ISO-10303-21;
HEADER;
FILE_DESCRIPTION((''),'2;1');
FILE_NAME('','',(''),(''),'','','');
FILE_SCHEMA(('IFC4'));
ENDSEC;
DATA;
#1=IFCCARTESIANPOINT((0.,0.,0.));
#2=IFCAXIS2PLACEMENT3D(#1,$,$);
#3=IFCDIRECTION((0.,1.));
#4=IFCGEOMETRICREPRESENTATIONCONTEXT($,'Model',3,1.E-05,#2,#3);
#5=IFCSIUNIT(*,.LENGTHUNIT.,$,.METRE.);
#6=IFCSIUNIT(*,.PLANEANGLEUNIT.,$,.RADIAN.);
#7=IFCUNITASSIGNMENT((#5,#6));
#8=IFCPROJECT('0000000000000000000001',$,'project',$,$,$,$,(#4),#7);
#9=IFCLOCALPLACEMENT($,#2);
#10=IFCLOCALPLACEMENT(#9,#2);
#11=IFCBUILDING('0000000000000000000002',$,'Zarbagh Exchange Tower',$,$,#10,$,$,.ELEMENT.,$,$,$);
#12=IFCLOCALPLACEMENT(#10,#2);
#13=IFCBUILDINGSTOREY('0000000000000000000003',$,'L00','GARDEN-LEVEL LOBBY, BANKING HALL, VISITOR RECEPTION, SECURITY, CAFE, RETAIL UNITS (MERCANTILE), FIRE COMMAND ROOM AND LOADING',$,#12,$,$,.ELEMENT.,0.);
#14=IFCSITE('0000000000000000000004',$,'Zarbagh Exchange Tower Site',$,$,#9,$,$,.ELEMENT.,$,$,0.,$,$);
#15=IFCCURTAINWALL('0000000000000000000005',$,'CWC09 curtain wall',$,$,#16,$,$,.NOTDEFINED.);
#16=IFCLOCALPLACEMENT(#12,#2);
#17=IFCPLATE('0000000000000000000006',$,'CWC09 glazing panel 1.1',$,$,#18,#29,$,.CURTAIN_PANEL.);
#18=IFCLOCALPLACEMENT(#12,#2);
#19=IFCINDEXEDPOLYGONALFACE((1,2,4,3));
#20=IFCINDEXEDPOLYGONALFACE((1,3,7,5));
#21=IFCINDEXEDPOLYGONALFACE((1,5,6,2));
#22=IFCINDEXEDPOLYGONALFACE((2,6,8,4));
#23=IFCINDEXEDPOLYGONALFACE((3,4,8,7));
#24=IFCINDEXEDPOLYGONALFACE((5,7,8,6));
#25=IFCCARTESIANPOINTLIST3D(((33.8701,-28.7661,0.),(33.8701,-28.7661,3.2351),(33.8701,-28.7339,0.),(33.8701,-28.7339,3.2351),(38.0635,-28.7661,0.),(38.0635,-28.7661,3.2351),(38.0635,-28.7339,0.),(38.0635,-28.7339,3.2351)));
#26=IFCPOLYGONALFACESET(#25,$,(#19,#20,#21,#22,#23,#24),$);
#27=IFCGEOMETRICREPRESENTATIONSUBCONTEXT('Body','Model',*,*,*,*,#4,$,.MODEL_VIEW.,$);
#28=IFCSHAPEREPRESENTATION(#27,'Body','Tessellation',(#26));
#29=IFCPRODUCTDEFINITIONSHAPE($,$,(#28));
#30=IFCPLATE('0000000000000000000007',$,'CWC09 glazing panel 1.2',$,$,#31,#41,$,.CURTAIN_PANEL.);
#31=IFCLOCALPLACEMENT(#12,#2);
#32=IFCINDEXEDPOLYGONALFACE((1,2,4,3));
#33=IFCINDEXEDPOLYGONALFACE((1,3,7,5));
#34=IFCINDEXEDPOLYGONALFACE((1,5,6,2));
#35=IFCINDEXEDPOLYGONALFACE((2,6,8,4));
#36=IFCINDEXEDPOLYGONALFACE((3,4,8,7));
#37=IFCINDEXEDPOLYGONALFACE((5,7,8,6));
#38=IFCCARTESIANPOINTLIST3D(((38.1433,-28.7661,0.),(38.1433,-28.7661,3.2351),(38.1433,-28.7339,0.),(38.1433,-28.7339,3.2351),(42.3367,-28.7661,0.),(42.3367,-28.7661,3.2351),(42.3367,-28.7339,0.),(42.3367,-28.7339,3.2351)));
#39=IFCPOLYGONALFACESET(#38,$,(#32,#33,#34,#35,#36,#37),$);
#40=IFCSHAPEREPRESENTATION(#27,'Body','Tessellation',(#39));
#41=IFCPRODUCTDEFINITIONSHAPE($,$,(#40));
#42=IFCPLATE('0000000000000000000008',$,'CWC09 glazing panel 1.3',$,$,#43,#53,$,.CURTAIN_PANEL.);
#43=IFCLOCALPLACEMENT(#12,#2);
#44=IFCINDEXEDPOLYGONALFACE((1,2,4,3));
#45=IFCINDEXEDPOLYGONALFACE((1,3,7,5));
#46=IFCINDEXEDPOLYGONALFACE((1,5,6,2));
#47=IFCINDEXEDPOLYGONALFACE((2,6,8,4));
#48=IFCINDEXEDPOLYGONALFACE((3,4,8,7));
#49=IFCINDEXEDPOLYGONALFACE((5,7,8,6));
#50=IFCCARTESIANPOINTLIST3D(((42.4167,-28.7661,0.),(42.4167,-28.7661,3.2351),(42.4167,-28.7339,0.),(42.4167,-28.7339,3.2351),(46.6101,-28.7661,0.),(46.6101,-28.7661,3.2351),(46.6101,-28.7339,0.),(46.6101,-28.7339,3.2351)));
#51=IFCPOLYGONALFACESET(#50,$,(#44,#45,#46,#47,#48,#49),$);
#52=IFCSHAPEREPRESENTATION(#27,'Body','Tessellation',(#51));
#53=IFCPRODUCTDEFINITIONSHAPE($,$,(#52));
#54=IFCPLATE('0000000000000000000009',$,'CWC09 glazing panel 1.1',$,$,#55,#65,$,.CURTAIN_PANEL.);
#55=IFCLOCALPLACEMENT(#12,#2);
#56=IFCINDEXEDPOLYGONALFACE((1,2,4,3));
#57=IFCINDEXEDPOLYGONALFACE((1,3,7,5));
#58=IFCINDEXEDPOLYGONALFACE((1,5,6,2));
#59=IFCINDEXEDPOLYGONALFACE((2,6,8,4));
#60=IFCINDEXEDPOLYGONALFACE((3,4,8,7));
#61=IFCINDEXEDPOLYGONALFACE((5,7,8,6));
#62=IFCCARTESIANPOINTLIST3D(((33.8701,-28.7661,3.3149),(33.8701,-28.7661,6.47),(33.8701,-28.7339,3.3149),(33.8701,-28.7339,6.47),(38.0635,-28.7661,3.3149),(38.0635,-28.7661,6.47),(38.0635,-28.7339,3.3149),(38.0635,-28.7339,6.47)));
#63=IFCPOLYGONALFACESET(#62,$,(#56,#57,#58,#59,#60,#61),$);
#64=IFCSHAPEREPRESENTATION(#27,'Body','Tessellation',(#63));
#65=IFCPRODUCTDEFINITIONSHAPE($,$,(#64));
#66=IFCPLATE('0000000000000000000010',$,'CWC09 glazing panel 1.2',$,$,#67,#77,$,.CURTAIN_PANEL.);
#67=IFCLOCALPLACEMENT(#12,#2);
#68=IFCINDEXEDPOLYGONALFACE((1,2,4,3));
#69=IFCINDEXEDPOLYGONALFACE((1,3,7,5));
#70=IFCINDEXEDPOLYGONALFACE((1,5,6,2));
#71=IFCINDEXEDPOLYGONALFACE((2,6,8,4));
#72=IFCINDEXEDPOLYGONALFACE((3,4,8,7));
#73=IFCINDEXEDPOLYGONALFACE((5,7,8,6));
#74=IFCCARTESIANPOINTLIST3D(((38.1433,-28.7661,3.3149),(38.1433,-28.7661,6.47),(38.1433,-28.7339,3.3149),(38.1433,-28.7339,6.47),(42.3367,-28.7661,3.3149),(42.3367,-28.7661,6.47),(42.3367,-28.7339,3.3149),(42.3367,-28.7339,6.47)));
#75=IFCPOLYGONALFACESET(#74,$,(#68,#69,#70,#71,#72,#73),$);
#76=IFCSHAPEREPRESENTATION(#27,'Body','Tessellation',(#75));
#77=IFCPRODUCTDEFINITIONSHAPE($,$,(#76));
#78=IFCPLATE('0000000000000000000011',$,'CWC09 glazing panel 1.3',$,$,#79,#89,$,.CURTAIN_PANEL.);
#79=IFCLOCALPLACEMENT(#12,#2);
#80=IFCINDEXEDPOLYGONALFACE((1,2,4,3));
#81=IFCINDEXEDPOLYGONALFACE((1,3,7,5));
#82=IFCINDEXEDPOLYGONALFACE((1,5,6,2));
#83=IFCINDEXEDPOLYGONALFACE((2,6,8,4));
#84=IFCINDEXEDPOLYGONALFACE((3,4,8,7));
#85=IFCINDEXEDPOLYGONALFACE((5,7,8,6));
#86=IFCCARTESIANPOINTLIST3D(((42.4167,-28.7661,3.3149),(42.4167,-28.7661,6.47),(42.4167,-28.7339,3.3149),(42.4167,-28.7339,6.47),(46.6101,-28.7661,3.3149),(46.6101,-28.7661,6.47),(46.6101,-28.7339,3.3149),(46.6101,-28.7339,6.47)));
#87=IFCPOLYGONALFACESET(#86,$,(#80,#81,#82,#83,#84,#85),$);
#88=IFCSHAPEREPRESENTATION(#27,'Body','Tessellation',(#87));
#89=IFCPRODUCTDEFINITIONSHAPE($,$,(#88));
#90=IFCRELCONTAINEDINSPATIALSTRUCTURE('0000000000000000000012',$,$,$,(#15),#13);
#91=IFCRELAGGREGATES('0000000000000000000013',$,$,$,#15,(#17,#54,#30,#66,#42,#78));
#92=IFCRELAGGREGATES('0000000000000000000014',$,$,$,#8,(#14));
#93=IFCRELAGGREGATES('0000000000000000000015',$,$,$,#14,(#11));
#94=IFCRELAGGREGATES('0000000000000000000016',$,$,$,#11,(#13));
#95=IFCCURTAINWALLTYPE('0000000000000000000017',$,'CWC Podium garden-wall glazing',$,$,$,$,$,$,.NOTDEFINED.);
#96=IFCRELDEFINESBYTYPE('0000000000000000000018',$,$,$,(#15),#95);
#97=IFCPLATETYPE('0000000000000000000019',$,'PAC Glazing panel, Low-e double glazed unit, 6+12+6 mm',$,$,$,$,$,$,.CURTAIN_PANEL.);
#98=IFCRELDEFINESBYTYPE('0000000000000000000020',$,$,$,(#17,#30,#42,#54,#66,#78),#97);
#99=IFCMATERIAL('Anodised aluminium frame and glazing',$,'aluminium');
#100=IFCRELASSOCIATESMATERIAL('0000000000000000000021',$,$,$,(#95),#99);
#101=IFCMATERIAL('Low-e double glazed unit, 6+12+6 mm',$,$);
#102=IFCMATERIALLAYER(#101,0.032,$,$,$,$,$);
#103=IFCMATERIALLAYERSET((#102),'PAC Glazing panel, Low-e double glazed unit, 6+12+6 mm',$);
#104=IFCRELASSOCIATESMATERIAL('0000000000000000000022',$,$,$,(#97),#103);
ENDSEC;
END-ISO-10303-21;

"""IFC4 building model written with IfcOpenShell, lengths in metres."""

from ifc_helpers import new_model, si_unit, direction, origin, place, context, subcontext, project, spatial, polyline, outline, extrude, source, transform, mapped, material, layer, layer_set, type_object, element, aggregate, save


model = new_model("IFC4")

# Units and contexts
model_context = context("Model", 3, precision=1e-05, world=origin(), true_north=direction((0.0, 1.0)))
body_context = subcontext(model_context, "Body", "Model", "MODEL_VIEW")
ifc_project = project(units=[si_unit("LENGTHUNIT", "METRE"), si_unit("PLANEANGLEUNIT", "RADIAN")], contexts=[model_context])

# Site, building, storey
site_placement = place(None, origin())
site = spatial("IfcSite", under=ifc_project, at=site_placement, Name="Zarbagh Exchange Tower Site", CompositionType="ELEMENT", RefElevation=0.0)
building_placement = place(site_placement, origin())
building = spatial("IfcBuilding", under=site, at=building_placement, Name="Zarbagh Exchange Tower", CompositionType="ELEMENT")
storey_placement = place(building_placement, origin())
storey = spatial("IfcBuildingStorey", under=building, at=storey_placement, Name="L00", Description="GARDEN-LEVEL LOBBY, BANKING HALL, VISITOR RECEPTION, SECURITY, CAFE, RETAIL UNITS (MERCANTILE), FIRE COMMAND ROOM AND LOADING", CompositionType="ELEMENT", Elevation=0.0)

# Shared definitions
ifc_material_1 = material(Name="Anodised aluminium frame and glazing", Category="aluminium")
curtain_wall_type = type_object("IfcCurtainWallType", Name="CWC Podium garden-wall glazing", PredefinedType="NOTDEFINED", material=ifc_material_1)
placement = place(storey_placement, origin())

# Curtain wall
curtain_wall_1_placement = place(storey_placement, origin())
curtain_wall_1 = element("IfcCurtainWall", 1, at=curtain_wall_1_placement, inside=storey, type_object=curtain_wall_type, Name="CWC09 curtain wall", PredefinedType="NOTDEFINED")

# Plates
ifc_material_2 = material(Name="Low-e double glazed unit, 6+12+6 mm")
ifc_layer = layer(ifc_material_2, 0.032)
ifc_layer_set = layer_set([ifc_layer], Name="PAC Glazing panel, Low-e double glazed unit, 6+12+6 mm")
plate_type = type_object("IfcPlateType", Name="PAC Glazing panel, Low-e double glazed unit, 6+12+6 mm", PredefinedType="CURTAIN_PANEL", material=ifc_layer_set)
shared_shape_1 = source(origin(), body_context, "Body", "SweptSolid", [
    extrude(outline(polyline([(0.0, -0.0161), (4.1934, -0.0161), (4.1934, 0.0161), (0.0, 0.0161), (0.0, -0.0161)])), origin(), (0.0, 0.0, 1.0), 3.2351),
])
plate_1 = element("IfcPlate", 2, at=placement, type_object=plate_type, Name="CWC09 glazing panel 1.1", PredefinedType="CURTAIN_PANEL", context=body_context, shape_type="MappedRepresentation", body=[
    mapped(shared_shape_1, transform((33.8701, -28.75, 0.0), x_axis=(1.0, 0.0, 0.0), y_axis=(0.0, 1.0, 0.0), z_axis=(0.0, 0.0, 1.0))),
])
plate_2 = element("IfcPlate", 3, at=placement, type_object=plate_type, Name="CWC09 glazing panel 1.2", PredefinedType="CURTAIN_PANEL", context=body_context, shape_type="MappedRepresentation", body=[
    mapped(shared_shape_1, transform((38.1433, -28.75, 0.0), x_axis=(1.0, 0.0, 0.0), y_axis=(0.0, 1.0, 0.0), z_axis=(0.0, 0.0, 1.0))),
])
plate_3 = element("IfcPlate", 4, at=placement, type_object=plate_type, Name="CWC09 glazing panel 1.3", PredefinedType="CURTAIN_PANEL", context=body_context, shape_type="MappedRepresentation", body=[
    mapped(shared_shape_1, transform((42.4167, -28.75, 0.0), x_axis=(1.0, 0.0, 0.0), y_axis=(0.0, 1.0, 0.0), z_axis=(0.0, 0.0, 1.0))),
])
shared_shape_2 = source(origin(), body_context, "Body", "SweptSolid", [
    extrude(outline(polyline([(0.0, -0.0161), (4.1934, -0.0161), (4.1934, 0.0161), (0.0, 0.0161), (0.0, -0.0161)])), origin(), (0.0, 0.0, 1.0), 3.155),
])
plate_4 = element("IfcPlate", 5, at=placement, type_object=plate_type, Name="CWC09 glazing panel 1.1", PredefinedType="CURTAIN_PANEL", context=body_context, shape_type="MappedRepresentation", body=[
    mapped(shared_shape_2, transform((33.8701, -28.75, 3.3149), x_axis=(1.0, 0.0, 0.0), y_axis=(0.0, 1.0, 0.0), z_axis=(0.0, 0.0, 1.0))),
])
plate_5 = element("IfcPlate", 6, at=placement, type_object=plate_type, Name="CWC09 glazing panel 1.2", PredefinedType="CURTAIN_PANEL", context=body_context, shape_type="MappedRepresentation", body=[
    mapped(shared_shape_2, transform((38.1433, -28.75, 3.3149), x_axis=(1.0, 0.0, 0.0), y_axis=(0.0, 1.0, 0.0), z_axis=(0.0, 0.0, 1.0))),
])
plate_6 = element("IfcPlate", 7, at=placement, type_object=plate_type, Name="CWC09 glazing panel 1.3", PredefinedType="CURTAIN_PANEL", context=body_context, shape_type="MappedRepresentation", body=[
    mapped(shared_shape_2, transform((42.4167, -28.75, 3.3149), x_axis=(1.0, 0.0, 0.0), y_axis=(0.0, 1.0, 0.0), z_axis=(0.0, 0.0, 1.0))),
])
aggregate(curtain_wall_1, [plate_1, plate_4, plate_2, plate_5, plate_3, plate_6])

save(model, "model.ifc")
